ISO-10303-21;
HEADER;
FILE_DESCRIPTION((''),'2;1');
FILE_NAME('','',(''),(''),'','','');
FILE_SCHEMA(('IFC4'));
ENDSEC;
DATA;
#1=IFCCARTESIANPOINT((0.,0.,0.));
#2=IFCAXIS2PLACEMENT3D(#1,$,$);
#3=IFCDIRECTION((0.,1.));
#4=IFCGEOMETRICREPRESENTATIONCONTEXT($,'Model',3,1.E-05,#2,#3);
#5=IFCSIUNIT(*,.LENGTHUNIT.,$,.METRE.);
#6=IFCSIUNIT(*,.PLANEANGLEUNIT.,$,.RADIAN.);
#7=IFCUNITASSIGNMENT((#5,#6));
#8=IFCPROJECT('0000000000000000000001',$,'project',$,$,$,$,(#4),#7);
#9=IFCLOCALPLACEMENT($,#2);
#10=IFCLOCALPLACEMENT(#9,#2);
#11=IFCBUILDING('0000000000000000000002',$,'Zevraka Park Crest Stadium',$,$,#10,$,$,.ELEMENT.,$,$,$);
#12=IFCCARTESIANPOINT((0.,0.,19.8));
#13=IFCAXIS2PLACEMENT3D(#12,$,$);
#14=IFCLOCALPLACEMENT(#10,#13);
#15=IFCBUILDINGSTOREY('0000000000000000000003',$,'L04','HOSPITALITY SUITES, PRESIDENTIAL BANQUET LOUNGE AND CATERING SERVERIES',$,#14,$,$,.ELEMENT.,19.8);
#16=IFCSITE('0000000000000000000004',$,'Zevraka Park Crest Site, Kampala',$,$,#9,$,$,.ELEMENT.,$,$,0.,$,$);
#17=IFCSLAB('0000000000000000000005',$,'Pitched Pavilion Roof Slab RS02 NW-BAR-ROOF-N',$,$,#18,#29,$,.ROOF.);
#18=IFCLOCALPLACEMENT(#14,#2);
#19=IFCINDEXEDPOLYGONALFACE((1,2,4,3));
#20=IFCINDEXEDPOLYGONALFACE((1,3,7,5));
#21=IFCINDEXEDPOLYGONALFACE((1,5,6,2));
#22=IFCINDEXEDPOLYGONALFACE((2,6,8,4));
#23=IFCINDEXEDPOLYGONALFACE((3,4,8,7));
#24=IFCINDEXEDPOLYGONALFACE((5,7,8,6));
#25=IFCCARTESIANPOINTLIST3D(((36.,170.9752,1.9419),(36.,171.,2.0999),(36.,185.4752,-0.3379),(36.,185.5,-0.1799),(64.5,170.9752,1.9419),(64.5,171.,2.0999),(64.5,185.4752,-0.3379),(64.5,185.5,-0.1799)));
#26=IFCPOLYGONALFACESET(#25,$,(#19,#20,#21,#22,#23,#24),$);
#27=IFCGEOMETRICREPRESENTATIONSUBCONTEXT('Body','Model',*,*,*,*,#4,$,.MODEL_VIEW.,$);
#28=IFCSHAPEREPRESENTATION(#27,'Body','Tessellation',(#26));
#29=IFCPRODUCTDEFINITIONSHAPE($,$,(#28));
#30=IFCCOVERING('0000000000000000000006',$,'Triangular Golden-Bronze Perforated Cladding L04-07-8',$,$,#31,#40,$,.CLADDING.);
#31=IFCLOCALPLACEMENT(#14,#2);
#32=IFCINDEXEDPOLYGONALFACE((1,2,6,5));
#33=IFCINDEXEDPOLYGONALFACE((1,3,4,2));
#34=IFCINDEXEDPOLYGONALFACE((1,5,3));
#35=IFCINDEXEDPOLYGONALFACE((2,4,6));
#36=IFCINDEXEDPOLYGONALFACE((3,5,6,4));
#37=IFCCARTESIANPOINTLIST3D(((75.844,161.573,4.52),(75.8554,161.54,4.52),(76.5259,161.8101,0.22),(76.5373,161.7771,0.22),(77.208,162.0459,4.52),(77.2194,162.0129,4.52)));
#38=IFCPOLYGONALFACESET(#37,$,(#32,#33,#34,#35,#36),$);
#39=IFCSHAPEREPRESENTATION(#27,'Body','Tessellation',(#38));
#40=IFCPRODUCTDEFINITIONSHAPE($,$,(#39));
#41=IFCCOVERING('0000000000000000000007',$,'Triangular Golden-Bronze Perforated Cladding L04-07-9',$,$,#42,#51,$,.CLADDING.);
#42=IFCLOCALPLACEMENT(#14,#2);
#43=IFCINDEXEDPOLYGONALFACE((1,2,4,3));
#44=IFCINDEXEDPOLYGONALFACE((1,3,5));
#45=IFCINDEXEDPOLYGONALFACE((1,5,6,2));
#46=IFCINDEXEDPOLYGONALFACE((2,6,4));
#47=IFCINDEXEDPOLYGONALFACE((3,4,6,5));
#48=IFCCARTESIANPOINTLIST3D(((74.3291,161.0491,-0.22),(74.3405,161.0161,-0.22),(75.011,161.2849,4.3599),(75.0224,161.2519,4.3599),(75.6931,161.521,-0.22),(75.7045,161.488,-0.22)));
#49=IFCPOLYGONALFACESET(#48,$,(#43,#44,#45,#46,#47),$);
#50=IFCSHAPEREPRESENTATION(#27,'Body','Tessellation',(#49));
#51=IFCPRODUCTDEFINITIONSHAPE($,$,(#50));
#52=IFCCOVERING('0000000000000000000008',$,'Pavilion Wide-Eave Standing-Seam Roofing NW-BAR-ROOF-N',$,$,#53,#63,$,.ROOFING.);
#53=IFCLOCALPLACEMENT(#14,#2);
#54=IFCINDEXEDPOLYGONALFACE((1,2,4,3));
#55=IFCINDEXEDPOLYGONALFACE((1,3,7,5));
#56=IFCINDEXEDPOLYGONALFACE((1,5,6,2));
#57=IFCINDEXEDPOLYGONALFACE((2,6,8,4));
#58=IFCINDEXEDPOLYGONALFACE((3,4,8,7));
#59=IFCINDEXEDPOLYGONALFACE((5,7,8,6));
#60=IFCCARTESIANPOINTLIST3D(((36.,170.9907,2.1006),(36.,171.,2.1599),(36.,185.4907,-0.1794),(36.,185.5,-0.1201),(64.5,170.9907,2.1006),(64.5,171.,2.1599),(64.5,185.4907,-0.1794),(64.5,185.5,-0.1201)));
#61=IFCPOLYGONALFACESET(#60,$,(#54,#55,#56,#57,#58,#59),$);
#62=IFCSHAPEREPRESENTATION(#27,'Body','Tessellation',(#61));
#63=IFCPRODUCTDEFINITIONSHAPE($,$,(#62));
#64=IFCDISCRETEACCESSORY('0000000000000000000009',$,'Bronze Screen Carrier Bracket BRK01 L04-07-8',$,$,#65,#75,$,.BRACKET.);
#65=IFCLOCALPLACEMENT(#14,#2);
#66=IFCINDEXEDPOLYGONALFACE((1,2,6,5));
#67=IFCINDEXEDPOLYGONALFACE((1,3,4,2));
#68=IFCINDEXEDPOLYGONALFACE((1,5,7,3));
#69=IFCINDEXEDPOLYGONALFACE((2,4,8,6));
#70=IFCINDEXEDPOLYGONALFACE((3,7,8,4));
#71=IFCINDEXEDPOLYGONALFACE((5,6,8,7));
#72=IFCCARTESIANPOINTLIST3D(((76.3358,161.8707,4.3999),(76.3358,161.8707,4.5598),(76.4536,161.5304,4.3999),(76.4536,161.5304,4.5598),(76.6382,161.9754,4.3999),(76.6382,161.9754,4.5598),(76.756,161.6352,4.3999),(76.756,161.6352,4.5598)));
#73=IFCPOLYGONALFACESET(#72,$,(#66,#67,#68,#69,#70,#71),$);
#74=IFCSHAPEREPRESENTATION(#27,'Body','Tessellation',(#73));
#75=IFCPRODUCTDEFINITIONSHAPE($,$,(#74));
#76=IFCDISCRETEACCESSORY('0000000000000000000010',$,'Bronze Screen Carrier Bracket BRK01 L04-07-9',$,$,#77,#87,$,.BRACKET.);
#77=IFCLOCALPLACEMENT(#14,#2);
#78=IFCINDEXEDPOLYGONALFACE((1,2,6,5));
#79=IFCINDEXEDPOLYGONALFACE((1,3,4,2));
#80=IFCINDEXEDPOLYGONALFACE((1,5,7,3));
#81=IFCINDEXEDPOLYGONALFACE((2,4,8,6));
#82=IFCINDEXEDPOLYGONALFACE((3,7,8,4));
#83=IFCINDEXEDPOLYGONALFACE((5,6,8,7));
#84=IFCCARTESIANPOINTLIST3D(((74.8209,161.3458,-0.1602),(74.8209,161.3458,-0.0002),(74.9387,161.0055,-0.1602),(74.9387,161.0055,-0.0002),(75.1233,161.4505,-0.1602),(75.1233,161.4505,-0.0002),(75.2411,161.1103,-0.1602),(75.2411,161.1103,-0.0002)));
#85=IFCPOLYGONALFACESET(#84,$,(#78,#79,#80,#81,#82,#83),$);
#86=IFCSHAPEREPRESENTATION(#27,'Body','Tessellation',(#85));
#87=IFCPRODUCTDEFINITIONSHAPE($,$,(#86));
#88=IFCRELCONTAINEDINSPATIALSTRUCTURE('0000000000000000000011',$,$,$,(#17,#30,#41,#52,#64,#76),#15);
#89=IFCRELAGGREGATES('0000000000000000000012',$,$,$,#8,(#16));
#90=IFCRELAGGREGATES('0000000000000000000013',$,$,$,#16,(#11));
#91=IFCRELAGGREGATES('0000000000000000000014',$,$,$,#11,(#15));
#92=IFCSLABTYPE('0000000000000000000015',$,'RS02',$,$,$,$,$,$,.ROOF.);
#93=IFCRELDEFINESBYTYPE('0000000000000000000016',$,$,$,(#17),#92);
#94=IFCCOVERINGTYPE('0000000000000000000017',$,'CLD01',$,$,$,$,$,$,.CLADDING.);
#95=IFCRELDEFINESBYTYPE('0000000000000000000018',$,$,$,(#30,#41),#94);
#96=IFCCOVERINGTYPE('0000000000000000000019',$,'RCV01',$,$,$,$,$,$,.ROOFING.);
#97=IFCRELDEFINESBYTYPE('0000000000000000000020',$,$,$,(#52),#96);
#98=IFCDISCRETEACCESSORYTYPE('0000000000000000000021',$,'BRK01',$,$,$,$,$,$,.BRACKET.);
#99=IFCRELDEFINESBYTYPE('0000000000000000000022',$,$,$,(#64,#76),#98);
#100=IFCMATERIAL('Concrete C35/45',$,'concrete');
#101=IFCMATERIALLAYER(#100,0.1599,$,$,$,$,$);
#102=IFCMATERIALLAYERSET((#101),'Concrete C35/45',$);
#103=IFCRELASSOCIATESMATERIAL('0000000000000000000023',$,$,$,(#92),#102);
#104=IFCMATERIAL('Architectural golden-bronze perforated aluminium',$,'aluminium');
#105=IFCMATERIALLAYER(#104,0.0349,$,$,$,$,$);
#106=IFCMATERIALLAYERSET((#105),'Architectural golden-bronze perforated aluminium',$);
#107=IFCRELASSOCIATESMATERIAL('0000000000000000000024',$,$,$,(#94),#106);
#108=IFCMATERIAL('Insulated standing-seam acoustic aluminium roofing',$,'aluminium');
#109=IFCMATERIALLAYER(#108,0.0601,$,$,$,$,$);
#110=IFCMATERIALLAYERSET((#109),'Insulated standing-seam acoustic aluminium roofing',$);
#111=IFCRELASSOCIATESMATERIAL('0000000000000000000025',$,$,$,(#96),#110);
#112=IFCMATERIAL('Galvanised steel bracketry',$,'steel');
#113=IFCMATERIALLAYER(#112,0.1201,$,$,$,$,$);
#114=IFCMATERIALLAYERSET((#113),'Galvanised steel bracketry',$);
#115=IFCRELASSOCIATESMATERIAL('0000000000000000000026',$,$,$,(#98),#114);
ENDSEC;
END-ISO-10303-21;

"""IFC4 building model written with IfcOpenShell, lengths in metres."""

from ifc_helpers import new_model, si_unit, direction, frame, origin, origin_2d, place, context, subcontext, project, spatial, polyline, rectangle, outline, extrude, material, layer, layer_set, type_object, element, save


model = new_model("IFC4")

# Units and contexts
model_context = context("Model", 3, precision=1e-05, world=origin(), true_north=direction((0.0, 1.0)))
body_context = subcontext(model_context, "Body", "Model", "MODEL_VIEW")
ifc_project = project(units=[si_unit("LENGTHUNIT", "METRE"), si_unit("PLANEANGLEUNIT", "RADIAN")], contexts=[model_context])

# Site, building, storey
site_placement = place(None, origin())
site = spatial("IfcSite", under=ifc_project, at=site_placement, Name="Zevraka Park Crest Site, Kampala", CompositionType="ELEMENT", RefElevation=0.0)
building_placement = place(site_placement, origin())
building = spatial("IfcBuilding", under=site, at=building_placement, Name="Zevraka Park Crest Stadium", CompositionType="ELEMENT")
storey_placement = place(building_placement, frame((0.0, 0.0, 19.8)))
storey = spatial("IfcBuildingStorey", under=building, at=storey_placement, Name="L04", Description="HOSPITALITY SUITES, PRESIDENTIAL BANQUET LOUNGE AND CATERING SERVERIES", CompositionType="ELEMENT", Elevation=19.8)

# Slab
ifc_material_1 = material(Name="Concrete C35/45", Category="concrete")
ifc_layer_1 = layer(ifc_material_1, 0.1599)
ifc_layer_set_1 = layer_set([ifc_layer_1], Name="Concrete C35/45")
slab_type = type_object("IfcSlabType", Name="RS02", PredefinedType="ROOF", material=ifc_layer_set_1)
slab_placement = place(storey_placement, frame((64.5, 185.5, -0.1799), z_axis=(0.0, 0.155319, 0.987864), x_axis=(-1.0, 0.0, 0.0)))
element("IfcSlab", 1, at=slab_placement, inside=storey, type_object=slab_type, Name="Pitched Pavilion Roof Slab RS02 NW-BAR-ROOF-N", PredefinedType="ROOF", context=body_context, shape_type="SweptSolid", body=[
    extrude(outline(polyline([(0.0, 0.0), (28.5, 0.0), (28.5, 14.6781), (0.0, 14.6781), (0.0, 0.0)])), origin(), (0.0, 0.0, -1.0), 0.1599),
])

# Coverings
ifc_material_2 = material(Name="Architectural golden-bronze perforated aluminium", Category="aluminium")
ifc_layer_2 = layer(ifc_material_2, 0.0349)
ifc_layer_set_2 = layer_set([ifc_layer_2], Name="Architectural golden-bronze perforated aluminium")
covering_type_1 = type_object("IfcCoveringType", Name="CLD01", PredefinedType="CLADDING", material=ifc_layer_set_2)
covering_1_placement = place(storey_placement, frame((75.844, 161.573, 4.52), z_axis=(-0.327569, 0.944827, 0.000143), x_axis=(0.944827, 0.327569, 0.0)))
element("IfcCovering", 2, at=covering_1_placement, inside=storey, type_object=covering_type_1, Name="Triangular Golden-Bronze Perforated Cladding L04-07-8", PredefinedType="CLADDING", context=body_context, shape_type="SweptSolid", body=[
    extrude(outline(polyline([(0.0, 0.0), (1.4437, 0.0), (0.7219, 4.3), (0.0, 0.0)])), origin(), (0.0, 0.0, -1.0), 0.0349),
])
covering_2_placement = place(storey_placement, frame((75.6931, 161.521, -0.22), z_axis=(-0.326965, 0.945036, 0.000016), x_axis=(-0.945036, -0.326965, 0.0)))
element("IfcCovering", 3, at=covering_2_placement, inside=storey, type_object=covering_type_1, Name="Triangular Golden-Bronze Perforated Cladding L04-07-9", PredefinedType="CLADDING", context=body_context, shape_type="SweptSolid", body=[
    extrude(outline(polyline([(0.0, 0.0), (1.4433, 0.0), (0.7218, 4.5798), (0.0, 0.0)])), origin(), (0.0, 0.0, -1.0), 0.0349),
])
ifc_material_3 = material(Name="Insulated standing-seam acoustic aluminium roofing", Category="aluminium")
ifc_layer_3 = layer(ifc_material_3, 0.0601)
ifc_layer_set_3 = layer_set([ifc_layer_3], Name="Insulated standing-seam acoustic aluminium roofing")
covering_type_2 = type_object("IfcCoveringType", Name="RCV01", PredefinedType="ROOFING", material=ifc_layer_set_3)
covering_3_placement = place(storey_placement, frame((64.5, 185.5, -0.1201), z_axis=(0.0, 0.155335, 0.987862), x_axis=(-1.0, 0.0, 0.0)))
element("IfcCovering", 4, at=covering_3_placement, inside=storey, type_object=covering_type_2, Name="Pavilion Wide-Eave Standing-Seam Roofing NW-BAR-ROOF-N", PredefinedType="ROOFING", context=body_context, shape_type="SweptSolid", body=[
    extrude(outline(polyline([(0.0, 0.0), (28.5, 0.0), (28.5, 14.6782), (0.0, 14.6782), (0.0, 0.0)])), origin(), (0.0, 0.0, -1.0), 0.0601),
])

# Discrete accessories
ifc_material_4 = material(Name="Galvanised steel bracketry", Category="steel")
ifc_layer_4 = layer(ifc_material_4, 0.1201)
ifc_layer_set_4 = layer_set([ifc_layer_4], Name="Galvanised steel bracketry")
discrete_accessory_type = type_object("IfcDiscreteAccessoryType", Name="BRK01", PredefinedType="BRACKET", material=ifc_layer_set_4)
for number, where, z_axis, x_axis, name in (
    (5, (76.5459, 161.7529, 4.3999), (0.0, 0.0, 1.0), (-0.944949, -0.327218, 0.0), "Bronze Screen Carrier Bracket BRK01 L04-07-8"),
    (6, (75.031, 161.228, -0.1602), (0.0, 0.0, 1.0), (-0.944949, -0.327218, 0.0), "Bronze Screen Carrier Bracket BRK01 L04-07-9"),
):
    element("IfcDiscreteAccessory", number, at=place(storey_placement, frame(where, z_axis=z_axis, x_axis=x_axis)), inside=storey, type_object=discrete_accessory_type, Name=name, PredefinedType="BRACKET", context=body_context, shape_type="SweptSolid", body=[
        extrude(rectangle(XDim=0.3201, YDim=0.3601, at=origin_2d()), origin(), (0.0, 0.0, 1.0), 0.1599),
    ])

save(model, "model.ifc")
